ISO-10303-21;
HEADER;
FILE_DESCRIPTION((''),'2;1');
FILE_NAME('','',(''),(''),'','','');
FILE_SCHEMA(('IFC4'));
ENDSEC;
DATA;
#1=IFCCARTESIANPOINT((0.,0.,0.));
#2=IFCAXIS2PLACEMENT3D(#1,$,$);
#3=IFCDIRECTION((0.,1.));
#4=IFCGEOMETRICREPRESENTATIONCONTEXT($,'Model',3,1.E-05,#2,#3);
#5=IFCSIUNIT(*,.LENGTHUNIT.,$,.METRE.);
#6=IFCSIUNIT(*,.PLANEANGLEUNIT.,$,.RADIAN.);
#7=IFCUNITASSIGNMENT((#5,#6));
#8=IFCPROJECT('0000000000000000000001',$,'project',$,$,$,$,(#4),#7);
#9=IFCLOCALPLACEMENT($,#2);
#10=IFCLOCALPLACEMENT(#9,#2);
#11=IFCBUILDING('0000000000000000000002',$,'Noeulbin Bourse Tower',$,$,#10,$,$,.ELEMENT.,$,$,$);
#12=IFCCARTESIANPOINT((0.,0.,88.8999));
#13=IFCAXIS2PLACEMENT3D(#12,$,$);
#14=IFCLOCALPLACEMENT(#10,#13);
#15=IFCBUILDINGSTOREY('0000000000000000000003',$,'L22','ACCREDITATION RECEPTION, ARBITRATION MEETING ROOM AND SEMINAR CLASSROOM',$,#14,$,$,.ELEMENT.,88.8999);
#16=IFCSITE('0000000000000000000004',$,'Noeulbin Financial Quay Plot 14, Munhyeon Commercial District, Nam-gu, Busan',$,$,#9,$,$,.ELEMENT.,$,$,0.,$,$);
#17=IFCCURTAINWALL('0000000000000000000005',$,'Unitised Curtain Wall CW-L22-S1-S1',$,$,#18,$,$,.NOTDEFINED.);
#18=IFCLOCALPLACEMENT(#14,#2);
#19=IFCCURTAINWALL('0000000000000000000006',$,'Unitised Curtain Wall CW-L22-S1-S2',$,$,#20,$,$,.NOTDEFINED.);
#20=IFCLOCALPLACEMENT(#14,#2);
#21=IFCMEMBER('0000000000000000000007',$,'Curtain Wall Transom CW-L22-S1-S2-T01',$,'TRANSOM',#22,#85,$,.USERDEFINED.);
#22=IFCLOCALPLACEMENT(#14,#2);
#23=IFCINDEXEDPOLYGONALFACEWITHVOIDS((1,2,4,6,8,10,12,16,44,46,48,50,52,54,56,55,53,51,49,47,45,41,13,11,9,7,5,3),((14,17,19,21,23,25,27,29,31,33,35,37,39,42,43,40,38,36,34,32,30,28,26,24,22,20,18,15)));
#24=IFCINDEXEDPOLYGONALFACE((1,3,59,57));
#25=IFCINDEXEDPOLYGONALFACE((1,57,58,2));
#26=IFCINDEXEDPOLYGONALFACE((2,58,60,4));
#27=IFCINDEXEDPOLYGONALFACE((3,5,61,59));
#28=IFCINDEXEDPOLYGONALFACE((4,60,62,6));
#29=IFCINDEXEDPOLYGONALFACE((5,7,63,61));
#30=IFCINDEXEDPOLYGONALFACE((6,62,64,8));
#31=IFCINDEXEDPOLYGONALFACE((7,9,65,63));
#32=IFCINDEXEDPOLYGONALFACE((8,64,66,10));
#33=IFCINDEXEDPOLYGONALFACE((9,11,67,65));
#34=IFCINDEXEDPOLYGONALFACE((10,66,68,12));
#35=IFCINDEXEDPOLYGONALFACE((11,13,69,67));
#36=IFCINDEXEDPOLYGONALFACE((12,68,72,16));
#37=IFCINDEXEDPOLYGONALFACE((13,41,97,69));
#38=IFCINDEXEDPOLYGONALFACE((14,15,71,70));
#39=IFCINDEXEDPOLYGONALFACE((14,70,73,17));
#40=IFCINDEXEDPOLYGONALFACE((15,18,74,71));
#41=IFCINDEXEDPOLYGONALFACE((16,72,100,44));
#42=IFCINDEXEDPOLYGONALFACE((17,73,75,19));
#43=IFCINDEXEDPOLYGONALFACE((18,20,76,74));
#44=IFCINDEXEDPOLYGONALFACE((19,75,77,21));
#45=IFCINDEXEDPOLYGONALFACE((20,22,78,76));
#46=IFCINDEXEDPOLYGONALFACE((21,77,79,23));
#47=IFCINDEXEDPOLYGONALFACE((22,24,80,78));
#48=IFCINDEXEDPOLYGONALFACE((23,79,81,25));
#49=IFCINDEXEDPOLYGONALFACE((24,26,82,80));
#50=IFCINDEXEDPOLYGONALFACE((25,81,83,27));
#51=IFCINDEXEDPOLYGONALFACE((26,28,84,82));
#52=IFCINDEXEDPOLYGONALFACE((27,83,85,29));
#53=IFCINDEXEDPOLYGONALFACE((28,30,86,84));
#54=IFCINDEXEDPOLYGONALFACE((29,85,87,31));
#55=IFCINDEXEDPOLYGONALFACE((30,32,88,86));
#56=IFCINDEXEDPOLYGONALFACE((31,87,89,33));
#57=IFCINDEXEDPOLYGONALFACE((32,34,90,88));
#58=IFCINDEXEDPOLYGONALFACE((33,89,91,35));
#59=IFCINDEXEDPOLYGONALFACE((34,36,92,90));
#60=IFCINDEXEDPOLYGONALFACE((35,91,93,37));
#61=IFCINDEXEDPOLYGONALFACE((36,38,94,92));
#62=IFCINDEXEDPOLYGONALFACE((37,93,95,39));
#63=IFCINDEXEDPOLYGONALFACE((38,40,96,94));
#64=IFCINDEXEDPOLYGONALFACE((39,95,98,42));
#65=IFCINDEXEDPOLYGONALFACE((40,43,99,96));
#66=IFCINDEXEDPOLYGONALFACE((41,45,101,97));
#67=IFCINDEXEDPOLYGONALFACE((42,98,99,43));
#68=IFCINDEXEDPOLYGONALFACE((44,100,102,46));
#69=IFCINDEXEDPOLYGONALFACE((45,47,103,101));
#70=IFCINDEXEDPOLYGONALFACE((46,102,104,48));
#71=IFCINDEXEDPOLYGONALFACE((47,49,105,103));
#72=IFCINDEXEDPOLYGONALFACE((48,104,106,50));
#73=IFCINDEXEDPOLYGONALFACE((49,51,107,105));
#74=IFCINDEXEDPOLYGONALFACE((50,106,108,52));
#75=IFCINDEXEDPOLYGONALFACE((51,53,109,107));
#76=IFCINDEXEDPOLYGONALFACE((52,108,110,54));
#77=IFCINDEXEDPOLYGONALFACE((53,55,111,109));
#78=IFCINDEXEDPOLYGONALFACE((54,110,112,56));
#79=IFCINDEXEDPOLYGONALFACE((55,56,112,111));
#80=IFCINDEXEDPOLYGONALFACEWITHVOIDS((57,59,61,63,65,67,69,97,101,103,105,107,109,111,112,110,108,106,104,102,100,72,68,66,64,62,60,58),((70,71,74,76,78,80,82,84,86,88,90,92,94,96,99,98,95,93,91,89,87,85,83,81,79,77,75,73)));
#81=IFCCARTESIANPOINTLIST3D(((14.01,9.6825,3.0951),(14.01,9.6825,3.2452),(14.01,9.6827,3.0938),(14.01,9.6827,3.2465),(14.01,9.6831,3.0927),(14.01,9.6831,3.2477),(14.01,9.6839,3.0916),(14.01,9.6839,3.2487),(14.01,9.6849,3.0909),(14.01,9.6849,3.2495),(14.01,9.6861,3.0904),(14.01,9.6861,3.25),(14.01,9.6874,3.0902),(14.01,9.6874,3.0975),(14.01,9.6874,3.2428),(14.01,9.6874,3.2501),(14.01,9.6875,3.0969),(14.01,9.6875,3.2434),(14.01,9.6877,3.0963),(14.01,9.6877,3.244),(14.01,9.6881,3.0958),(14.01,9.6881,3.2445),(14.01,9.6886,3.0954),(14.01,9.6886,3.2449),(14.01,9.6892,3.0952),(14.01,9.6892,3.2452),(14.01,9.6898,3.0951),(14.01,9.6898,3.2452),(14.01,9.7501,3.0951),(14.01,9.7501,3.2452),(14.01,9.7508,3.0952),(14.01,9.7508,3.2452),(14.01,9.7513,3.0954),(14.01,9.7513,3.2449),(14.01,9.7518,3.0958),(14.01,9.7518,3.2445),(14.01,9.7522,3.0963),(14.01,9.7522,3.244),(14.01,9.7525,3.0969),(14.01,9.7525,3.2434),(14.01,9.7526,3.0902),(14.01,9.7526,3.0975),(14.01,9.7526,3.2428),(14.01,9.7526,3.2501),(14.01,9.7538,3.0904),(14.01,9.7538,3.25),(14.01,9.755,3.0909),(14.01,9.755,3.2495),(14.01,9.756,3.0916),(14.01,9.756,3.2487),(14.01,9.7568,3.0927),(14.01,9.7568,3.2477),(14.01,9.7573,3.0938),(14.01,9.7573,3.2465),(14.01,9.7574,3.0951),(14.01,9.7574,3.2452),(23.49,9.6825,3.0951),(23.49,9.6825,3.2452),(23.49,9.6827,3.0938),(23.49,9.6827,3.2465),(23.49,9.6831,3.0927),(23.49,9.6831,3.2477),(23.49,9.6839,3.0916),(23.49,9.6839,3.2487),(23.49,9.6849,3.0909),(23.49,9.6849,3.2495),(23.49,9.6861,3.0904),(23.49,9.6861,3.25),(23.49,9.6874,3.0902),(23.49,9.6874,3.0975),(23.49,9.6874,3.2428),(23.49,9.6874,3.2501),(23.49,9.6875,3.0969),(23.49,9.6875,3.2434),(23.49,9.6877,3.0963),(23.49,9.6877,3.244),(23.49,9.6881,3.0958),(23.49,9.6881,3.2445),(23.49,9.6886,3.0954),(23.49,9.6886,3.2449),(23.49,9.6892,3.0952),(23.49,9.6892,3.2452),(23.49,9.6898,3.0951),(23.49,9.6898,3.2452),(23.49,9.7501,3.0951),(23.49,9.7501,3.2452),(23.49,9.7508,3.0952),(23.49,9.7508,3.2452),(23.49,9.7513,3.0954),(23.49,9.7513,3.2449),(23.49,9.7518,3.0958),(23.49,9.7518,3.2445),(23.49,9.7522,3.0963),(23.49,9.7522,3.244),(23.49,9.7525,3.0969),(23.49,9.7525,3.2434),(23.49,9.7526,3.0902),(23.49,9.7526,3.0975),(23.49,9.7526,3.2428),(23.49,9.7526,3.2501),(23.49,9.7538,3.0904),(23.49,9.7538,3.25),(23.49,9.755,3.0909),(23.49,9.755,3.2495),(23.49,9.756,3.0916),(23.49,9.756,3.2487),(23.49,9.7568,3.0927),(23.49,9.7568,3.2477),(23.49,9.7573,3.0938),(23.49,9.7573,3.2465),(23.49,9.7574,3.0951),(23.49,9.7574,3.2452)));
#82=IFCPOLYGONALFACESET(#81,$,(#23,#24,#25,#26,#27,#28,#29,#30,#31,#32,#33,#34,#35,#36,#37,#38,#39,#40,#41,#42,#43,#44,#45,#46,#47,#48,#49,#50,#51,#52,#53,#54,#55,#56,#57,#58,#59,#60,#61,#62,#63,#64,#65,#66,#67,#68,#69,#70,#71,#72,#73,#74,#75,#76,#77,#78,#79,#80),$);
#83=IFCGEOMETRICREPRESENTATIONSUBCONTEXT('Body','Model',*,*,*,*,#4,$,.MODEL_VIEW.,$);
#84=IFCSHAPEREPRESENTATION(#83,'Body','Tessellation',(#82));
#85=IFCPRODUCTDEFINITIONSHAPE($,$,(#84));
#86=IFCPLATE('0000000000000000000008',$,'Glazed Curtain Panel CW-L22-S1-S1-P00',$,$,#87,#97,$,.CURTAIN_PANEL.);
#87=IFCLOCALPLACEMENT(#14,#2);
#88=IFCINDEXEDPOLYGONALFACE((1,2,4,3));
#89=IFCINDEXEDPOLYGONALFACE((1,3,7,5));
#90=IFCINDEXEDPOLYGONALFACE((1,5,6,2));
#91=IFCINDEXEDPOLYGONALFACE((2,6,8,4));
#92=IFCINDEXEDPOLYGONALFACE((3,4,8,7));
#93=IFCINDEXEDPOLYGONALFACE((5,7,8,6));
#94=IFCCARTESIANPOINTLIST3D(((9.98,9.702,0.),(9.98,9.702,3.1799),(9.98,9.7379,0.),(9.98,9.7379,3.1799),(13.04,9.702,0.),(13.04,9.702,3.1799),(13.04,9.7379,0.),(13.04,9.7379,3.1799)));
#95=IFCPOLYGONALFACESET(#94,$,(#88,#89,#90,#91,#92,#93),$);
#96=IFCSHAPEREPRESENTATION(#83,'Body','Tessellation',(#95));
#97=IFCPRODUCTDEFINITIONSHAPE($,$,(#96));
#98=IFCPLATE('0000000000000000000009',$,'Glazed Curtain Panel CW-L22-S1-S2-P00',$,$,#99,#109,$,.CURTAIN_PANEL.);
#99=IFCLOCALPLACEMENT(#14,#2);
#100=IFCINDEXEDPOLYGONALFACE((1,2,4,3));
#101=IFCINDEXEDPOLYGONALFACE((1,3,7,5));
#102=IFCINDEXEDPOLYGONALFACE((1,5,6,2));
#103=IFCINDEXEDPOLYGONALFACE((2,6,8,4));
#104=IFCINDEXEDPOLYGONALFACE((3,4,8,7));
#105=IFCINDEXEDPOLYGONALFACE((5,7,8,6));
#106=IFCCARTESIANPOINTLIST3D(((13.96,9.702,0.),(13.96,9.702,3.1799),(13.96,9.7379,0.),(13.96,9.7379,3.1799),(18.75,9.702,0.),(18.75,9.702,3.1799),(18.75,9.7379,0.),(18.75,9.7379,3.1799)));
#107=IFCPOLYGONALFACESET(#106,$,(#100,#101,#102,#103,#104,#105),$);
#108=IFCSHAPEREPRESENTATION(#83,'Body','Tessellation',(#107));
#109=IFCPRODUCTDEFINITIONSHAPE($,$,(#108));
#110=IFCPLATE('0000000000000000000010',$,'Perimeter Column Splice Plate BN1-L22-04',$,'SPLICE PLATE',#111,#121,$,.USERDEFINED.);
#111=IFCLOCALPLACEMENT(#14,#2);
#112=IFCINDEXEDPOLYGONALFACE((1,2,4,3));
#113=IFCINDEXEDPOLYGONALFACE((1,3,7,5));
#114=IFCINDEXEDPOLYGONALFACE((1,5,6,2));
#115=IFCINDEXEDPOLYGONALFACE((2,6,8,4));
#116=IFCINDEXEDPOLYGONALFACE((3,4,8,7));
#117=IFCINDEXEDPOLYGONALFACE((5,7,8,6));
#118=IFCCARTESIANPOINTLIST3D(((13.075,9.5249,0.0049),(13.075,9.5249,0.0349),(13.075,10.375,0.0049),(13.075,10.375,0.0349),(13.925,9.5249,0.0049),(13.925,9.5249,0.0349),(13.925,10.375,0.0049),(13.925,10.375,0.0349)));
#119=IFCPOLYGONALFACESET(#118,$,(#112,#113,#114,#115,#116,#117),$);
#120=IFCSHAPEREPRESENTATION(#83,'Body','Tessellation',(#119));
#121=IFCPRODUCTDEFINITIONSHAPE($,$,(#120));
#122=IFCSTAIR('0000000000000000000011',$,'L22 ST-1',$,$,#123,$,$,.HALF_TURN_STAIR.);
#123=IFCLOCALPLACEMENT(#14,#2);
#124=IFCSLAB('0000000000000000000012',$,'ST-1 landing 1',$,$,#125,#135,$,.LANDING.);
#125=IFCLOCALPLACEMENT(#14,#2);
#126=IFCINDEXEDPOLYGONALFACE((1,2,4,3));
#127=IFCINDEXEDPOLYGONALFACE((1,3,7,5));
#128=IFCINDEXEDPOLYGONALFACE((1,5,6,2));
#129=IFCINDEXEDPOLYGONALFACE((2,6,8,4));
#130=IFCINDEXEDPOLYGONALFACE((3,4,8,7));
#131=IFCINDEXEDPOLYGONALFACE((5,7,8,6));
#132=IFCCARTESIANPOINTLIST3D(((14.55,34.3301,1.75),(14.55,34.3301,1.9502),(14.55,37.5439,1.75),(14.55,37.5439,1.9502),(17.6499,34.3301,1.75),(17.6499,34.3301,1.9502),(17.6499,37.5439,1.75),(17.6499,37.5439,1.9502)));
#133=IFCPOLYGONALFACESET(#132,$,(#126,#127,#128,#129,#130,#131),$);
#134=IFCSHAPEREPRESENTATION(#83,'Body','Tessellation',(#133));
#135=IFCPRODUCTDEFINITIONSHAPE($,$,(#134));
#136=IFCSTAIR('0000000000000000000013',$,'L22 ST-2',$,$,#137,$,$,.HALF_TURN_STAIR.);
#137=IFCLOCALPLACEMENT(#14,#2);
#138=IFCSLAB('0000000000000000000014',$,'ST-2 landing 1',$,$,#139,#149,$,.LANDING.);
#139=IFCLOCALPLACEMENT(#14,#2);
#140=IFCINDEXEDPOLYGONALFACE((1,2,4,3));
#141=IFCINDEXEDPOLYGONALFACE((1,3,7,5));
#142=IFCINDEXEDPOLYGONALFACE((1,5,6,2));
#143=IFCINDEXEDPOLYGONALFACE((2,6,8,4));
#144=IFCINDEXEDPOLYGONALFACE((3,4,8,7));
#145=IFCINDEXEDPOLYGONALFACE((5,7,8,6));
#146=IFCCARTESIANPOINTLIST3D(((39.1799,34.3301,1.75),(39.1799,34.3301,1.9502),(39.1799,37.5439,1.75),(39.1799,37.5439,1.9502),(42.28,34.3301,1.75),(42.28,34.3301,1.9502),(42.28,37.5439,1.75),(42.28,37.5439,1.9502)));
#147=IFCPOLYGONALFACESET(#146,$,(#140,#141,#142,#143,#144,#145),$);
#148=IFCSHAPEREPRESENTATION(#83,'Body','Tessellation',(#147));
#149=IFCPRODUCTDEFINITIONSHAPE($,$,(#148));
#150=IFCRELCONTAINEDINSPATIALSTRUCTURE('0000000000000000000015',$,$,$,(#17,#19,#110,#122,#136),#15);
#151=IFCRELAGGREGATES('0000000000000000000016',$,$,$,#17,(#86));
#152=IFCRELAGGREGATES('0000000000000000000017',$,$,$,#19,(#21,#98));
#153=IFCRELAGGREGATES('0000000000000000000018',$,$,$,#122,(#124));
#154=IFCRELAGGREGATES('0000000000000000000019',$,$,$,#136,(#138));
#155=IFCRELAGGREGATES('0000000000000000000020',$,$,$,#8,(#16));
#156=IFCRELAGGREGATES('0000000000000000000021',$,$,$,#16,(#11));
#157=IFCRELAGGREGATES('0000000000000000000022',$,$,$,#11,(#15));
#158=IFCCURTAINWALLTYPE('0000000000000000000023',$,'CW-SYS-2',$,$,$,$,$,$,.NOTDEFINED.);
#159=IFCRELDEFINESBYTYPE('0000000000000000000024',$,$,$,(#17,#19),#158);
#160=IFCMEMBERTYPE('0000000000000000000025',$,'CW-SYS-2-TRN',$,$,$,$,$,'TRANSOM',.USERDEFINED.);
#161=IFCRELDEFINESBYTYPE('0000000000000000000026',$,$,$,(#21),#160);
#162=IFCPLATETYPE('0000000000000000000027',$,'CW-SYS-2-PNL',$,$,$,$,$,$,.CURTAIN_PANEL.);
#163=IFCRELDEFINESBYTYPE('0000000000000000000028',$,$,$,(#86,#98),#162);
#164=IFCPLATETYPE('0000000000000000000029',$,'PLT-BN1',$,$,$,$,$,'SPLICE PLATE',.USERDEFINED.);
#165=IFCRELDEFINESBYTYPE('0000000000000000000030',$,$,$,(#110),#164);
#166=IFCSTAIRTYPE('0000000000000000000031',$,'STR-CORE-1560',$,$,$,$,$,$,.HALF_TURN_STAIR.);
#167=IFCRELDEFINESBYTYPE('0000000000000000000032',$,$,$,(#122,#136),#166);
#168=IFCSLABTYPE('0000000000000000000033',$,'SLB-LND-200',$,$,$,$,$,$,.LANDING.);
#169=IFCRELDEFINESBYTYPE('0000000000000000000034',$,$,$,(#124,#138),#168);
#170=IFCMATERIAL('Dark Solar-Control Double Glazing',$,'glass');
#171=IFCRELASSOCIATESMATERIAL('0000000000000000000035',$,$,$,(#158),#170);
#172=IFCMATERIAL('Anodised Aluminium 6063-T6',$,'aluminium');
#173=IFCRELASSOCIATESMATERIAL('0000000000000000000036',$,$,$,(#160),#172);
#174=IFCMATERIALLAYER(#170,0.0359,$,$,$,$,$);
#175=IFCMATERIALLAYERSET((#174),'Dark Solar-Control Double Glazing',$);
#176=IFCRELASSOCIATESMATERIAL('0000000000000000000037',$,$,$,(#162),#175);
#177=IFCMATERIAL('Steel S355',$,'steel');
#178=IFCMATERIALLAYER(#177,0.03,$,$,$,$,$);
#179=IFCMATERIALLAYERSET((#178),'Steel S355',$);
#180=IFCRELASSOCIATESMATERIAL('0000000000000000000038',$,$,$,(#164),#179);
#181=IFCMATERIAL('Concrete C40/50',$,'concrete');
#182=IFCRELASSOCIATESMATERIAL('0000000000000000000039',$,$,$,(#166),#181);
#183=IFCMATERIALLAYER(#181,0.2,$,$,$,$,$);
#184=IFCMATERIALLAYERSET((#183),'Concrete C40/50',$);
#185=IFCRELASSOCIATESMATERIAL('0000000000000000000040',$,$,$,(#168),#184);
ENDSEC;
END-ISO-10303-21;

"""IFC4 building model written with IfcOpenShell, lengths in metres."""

from ifc_helpers import new_model, si_unit, direction, frame, origin, origin_2d, place, context, subcontext, project, spatial, polyline, rectangle, hollow_rectangle, outline, extrude, material, layer, layer_set, material_profile, profile_set, type_object, element, aggregate, save


model = new_model("IFC4")

# Units and contexts
model_context = context("Model", 3, precision=1e-05, world=origin(), true_north=direction((0.0, 1.0)))
body_context = subcontext(model_context, "Body", "Model", "MODEL_VIEW")
ifc_project = project(units=[si_unit("LENGTHUNIT", "METRE"), si_unit("PLANEANGLEUNIT", "RADIAN")], contexts=[model_context])

# Site, building, storey
site_placement = place(None, origin())
site = spatial("IfcSite", under=ifc_project, at=site_placement, Name="Noeulbin Financial Quay Plot 14, Munhyeon Commercial District, Nam-gu, Busan", CompositionType="ELEMENT", RefElevation=0.0)
building_placement = place(site_placement, origin())
building = spatial("IfcBuilding", under=site, at=building_placement, Name="Noeulbin Bourse Tower", CompositionType="ELEMENT")
storey_placement = place(building_placement, frame((0.0, 0.0, 88.8999)))
storey = spatial("IfcBuildingStorey", under=building, at=storey_placement, Name="L22", Description="ACCREDITATION RECEPTION, ARBITRATION MEETING ROOM AND SEMINAR CLASSROOM", CompositionType="ELEMENT", Elevation=88.8999)

# Shared definitions
ifc_material_1 = material(Name="Steel S355", Category="steel")

# Curtain wall
ifc_material_2 = material(Name="Dark Solar-Control Double Glazing", Category="glass")
curtain_wall_type = type_object("IfcCurtainWallType", Name="CW-SYS-2", PredefinedType="NOTDEFINED", material=ifc_material_2)
curtain_wall_1_placement = place(storey_placement, origin())
curtain_wall_1 = element("IfcCurtainWall", 1, at=curtain_wall_1_placement, inside=storey, type_object=curtain_wall_type, Name="Unitised Curtain Wall CW-L22-S1-S1", PredefinedType="NOTDEFINED")
ifc_material_3 = material(Name="Anodised Aluminium 6063-T6", Category="aluminium")

# Curtain wall
curtain_wall_2_placement = place(storey_placement, origin())
curtain_wall_2 = element("IfcCurtainWall", 2, at=curtain_wall_2_placement, inside=storey, type_object=curtain_wall_type, Name="Unitised Curtain Wall CW-L22-S1-S2", PredefinedType="NOTDEFINED")

# Member
ifc_material_profile_1 = material_profile(ifc_material_3, hollow_rectangle(XDim=0.075, YDim=0.1599, WallThickness=0.0049, InnerFilletRadius=0.0024, OuterFilletRadius=0.0049, at=origin_2d()), Name="ALU-TRAN-75x160x5", Category="LoadBearing")
ifc_profile_set_1 = profile_set([ifc_material_profile_1], Name="Anodised Aluminium 6063-T6")
member_type_1 = type_object("IfcMemberType", Name="CW-SYS-2-TRN", ElementType="TRANSOM", PredefinedType="USERDEFINED", material=ifc_profile_set_1)
member_1_placement = place(storey_placement, frame((14.01, 9.72, 3.1702), z_axis=(1.0, 0.0, 0.0), x_axis=(0.0, 1.0, 0.0)))
member_1 = element("IfcMember", 3, at=member_1_placement, type_object=member_type_1, Name="Curtain Wall Transom CW-L22-S1-S2-T01", ObjectType="TRANSOM", PredefinedType="USERDEFINED", context=body_context, shape_type="SweptSolid", body=[
    extrude(hollow_rectangle(XDim=0.075, YDim=0.1599, WallThickness=0.0049, InnerFilletRadius=0.0024, OuterFilletRadius=0.0049, at=origin_2d()), origin(), (0.0, 0.0, 1.0), 9.48),
])

# Plates
ifc_layer_1 = layer(ifc_material_2, 0.0359)
ifc_layer_set_1 = layer_set([ifc_layer_1], Name="Dark Solar-Control Double Glazing")
plate_type_1 = type_object("IfcPlateType", Name="CW-SYS-2-PNL", PredefinedType="CURTAIN_PANEL", material=ifc_layer_set_1)
plate_1_placement = place(storey_placement, frame((11.51, 9.72, 0.0), z_axis=(0.0, 0.0, 1.0), x_axis=(1.0, 0.0, 0.0)))
plate_1 = element("IfcPlate", 4, at=plate_1_placement, type_object=plate_type_1, Name="Glazed Curtain Panel CW-L22-S1-S1-P00", PredefinedType="CURTAIN_PANEL", context=body_context, shape_type="SweptSolid", body=[
    extrude(rectangle(XDim=3.0601, YDim=0.0359, at=origin_2d()), origin(), (0.0, 0.0, 1.0), 3.1799),
])
aggregate(curtain_wall_1, [plate_1])
plate_2_placement = place(storey_placement, frame((16.355, 9.72, 0.0), z_axis=(0.0, 0.0, 1.0), x_axis=(1.0, 0.0, 0.0)))
plate_2 = element("IfcPlate", 5, at=plate_2_placement, type_object=plate_type_1, Name="Glazed Curtain Panel CW-L22-S1-S2-P00", PredefinedType="CURTAIN_PANEL", context=body_context, shape_type="SweptSolid", body=[
    extrude(rectangle(XDim=4.79, YDim=0.0359, at=origin_2d()), origin(), (0.0, 0.0, 1.0), 3.1799),
])
aggregate(curtain_wall_2, [member_1, plate_2])
ifc_layer_2 = layer(ifc_material_1, 0.03)
ifc_layer_set_2 = layer_set([ifc_layer_2], Name="Steel S355")
plate_type_2 = type_object("IfcPlateType", Name="PLT-BN1", ElementType="SPLICE PLATE", PredefinedType="USERDEFINED", material=ifc_layer_set_2)
plate_3_placement = place(storey_placement, frame((13.5, 9.95, 0.0049), z_axis=(0.0, 0.0, 1.0), x_axis=(1.0, 0.0, 0.0)))
element("IfcPlate", 6, at=plate_3_placement, inside=storey, type_object=plate_type_2, Name="Perimeter Column Splice Plate BN1-L22-04", ObjectType="SPLICE PLATE", PredefinedType="USERDEFINED", context=body_context, shape_type="SweptSolid", body=[
    extrude(rectangle(XDim=0.8501, YDim=0.8501, at=origin_2d()), origin(), (0.0, 0.0, 1.0), 0.03),
])

# Stairs, slabs
ifc_material_4 = material(Name="Concrete C40/50", Category="concrete")
stair_type = type_object("IfcStairType", Name="STR-CORE-1560", PredefinedType="HALF_TURN_STAIR", material=ifc_material_4)
stair_1_placement = place(storey_placement, origin())
stair_1 = element("IfcStair", 7, at=stair_1_placement, inside=storey, type_object=stair_type, Name="L22 ST-1", PredefinedType="HALF_TURN_STAIR")
ifc_layer_3 = layer(ifc_material_4, 0.2)
ifc_layer_set_3 = layer_set([ifc_layer_3], Name="Concrete C40/50")
slab_type_1 = type_object("IfcSlabType", Name="SLB-LND-200", PredefinedType="LANDING", material=ifc_layer_set_3)
slab_1_placement = place(storey_placement, frame((0.0, 0.0, 1.75)))
slab_1 = element("IfcSlab", 8, at=slab_1_placement, type_object=slab_type_1, Name="ST-1 landing 1", PredefinedType="LANDING", context=body_context, shape_type="SweptSolid", body=[
    extrude(outline(polyline([(17.6499, 34.3301), (17.6499, 37.5439), (14.55, 37.5439), (14.55, 34.3301), (17.6499, 34.3301)])), origin(), (0.0, 0.0, 1.0), 0.2002),
])
aggregate(stair_1, [slab_1])
stair_2_placement = place(storey_placement, origin())
stair_2 = element("IfcStair", 9, at=stair_2_placement, inside=storey, type_object=stair_type, Name="L22 ST-2", PredefinedType="HALF_TURN_STAIR")
slab_2_placement = place(storey_placement, frame((0.0, 0.0, 1.75)))
slab_2 = element("IfcSlab", 10, at=slab_2_placement, type_object=slab_type_1, Name="ST-2 landing 1", PredefinedType="LANDING", context=body_context, shape_type="SweptSolid", body=[
    extrude(outline(polyline([(42.28, 34.3301), (42.28, 37.5439), (39.1799, 37.5439), (39.1799, 34.3301), (42.28, 34.3301)])), origin(), (0.0, 0.0, 1.0), 0.2002),
])
aggregate(stair_2, [slab_2])

save(model, "model.ifc")
